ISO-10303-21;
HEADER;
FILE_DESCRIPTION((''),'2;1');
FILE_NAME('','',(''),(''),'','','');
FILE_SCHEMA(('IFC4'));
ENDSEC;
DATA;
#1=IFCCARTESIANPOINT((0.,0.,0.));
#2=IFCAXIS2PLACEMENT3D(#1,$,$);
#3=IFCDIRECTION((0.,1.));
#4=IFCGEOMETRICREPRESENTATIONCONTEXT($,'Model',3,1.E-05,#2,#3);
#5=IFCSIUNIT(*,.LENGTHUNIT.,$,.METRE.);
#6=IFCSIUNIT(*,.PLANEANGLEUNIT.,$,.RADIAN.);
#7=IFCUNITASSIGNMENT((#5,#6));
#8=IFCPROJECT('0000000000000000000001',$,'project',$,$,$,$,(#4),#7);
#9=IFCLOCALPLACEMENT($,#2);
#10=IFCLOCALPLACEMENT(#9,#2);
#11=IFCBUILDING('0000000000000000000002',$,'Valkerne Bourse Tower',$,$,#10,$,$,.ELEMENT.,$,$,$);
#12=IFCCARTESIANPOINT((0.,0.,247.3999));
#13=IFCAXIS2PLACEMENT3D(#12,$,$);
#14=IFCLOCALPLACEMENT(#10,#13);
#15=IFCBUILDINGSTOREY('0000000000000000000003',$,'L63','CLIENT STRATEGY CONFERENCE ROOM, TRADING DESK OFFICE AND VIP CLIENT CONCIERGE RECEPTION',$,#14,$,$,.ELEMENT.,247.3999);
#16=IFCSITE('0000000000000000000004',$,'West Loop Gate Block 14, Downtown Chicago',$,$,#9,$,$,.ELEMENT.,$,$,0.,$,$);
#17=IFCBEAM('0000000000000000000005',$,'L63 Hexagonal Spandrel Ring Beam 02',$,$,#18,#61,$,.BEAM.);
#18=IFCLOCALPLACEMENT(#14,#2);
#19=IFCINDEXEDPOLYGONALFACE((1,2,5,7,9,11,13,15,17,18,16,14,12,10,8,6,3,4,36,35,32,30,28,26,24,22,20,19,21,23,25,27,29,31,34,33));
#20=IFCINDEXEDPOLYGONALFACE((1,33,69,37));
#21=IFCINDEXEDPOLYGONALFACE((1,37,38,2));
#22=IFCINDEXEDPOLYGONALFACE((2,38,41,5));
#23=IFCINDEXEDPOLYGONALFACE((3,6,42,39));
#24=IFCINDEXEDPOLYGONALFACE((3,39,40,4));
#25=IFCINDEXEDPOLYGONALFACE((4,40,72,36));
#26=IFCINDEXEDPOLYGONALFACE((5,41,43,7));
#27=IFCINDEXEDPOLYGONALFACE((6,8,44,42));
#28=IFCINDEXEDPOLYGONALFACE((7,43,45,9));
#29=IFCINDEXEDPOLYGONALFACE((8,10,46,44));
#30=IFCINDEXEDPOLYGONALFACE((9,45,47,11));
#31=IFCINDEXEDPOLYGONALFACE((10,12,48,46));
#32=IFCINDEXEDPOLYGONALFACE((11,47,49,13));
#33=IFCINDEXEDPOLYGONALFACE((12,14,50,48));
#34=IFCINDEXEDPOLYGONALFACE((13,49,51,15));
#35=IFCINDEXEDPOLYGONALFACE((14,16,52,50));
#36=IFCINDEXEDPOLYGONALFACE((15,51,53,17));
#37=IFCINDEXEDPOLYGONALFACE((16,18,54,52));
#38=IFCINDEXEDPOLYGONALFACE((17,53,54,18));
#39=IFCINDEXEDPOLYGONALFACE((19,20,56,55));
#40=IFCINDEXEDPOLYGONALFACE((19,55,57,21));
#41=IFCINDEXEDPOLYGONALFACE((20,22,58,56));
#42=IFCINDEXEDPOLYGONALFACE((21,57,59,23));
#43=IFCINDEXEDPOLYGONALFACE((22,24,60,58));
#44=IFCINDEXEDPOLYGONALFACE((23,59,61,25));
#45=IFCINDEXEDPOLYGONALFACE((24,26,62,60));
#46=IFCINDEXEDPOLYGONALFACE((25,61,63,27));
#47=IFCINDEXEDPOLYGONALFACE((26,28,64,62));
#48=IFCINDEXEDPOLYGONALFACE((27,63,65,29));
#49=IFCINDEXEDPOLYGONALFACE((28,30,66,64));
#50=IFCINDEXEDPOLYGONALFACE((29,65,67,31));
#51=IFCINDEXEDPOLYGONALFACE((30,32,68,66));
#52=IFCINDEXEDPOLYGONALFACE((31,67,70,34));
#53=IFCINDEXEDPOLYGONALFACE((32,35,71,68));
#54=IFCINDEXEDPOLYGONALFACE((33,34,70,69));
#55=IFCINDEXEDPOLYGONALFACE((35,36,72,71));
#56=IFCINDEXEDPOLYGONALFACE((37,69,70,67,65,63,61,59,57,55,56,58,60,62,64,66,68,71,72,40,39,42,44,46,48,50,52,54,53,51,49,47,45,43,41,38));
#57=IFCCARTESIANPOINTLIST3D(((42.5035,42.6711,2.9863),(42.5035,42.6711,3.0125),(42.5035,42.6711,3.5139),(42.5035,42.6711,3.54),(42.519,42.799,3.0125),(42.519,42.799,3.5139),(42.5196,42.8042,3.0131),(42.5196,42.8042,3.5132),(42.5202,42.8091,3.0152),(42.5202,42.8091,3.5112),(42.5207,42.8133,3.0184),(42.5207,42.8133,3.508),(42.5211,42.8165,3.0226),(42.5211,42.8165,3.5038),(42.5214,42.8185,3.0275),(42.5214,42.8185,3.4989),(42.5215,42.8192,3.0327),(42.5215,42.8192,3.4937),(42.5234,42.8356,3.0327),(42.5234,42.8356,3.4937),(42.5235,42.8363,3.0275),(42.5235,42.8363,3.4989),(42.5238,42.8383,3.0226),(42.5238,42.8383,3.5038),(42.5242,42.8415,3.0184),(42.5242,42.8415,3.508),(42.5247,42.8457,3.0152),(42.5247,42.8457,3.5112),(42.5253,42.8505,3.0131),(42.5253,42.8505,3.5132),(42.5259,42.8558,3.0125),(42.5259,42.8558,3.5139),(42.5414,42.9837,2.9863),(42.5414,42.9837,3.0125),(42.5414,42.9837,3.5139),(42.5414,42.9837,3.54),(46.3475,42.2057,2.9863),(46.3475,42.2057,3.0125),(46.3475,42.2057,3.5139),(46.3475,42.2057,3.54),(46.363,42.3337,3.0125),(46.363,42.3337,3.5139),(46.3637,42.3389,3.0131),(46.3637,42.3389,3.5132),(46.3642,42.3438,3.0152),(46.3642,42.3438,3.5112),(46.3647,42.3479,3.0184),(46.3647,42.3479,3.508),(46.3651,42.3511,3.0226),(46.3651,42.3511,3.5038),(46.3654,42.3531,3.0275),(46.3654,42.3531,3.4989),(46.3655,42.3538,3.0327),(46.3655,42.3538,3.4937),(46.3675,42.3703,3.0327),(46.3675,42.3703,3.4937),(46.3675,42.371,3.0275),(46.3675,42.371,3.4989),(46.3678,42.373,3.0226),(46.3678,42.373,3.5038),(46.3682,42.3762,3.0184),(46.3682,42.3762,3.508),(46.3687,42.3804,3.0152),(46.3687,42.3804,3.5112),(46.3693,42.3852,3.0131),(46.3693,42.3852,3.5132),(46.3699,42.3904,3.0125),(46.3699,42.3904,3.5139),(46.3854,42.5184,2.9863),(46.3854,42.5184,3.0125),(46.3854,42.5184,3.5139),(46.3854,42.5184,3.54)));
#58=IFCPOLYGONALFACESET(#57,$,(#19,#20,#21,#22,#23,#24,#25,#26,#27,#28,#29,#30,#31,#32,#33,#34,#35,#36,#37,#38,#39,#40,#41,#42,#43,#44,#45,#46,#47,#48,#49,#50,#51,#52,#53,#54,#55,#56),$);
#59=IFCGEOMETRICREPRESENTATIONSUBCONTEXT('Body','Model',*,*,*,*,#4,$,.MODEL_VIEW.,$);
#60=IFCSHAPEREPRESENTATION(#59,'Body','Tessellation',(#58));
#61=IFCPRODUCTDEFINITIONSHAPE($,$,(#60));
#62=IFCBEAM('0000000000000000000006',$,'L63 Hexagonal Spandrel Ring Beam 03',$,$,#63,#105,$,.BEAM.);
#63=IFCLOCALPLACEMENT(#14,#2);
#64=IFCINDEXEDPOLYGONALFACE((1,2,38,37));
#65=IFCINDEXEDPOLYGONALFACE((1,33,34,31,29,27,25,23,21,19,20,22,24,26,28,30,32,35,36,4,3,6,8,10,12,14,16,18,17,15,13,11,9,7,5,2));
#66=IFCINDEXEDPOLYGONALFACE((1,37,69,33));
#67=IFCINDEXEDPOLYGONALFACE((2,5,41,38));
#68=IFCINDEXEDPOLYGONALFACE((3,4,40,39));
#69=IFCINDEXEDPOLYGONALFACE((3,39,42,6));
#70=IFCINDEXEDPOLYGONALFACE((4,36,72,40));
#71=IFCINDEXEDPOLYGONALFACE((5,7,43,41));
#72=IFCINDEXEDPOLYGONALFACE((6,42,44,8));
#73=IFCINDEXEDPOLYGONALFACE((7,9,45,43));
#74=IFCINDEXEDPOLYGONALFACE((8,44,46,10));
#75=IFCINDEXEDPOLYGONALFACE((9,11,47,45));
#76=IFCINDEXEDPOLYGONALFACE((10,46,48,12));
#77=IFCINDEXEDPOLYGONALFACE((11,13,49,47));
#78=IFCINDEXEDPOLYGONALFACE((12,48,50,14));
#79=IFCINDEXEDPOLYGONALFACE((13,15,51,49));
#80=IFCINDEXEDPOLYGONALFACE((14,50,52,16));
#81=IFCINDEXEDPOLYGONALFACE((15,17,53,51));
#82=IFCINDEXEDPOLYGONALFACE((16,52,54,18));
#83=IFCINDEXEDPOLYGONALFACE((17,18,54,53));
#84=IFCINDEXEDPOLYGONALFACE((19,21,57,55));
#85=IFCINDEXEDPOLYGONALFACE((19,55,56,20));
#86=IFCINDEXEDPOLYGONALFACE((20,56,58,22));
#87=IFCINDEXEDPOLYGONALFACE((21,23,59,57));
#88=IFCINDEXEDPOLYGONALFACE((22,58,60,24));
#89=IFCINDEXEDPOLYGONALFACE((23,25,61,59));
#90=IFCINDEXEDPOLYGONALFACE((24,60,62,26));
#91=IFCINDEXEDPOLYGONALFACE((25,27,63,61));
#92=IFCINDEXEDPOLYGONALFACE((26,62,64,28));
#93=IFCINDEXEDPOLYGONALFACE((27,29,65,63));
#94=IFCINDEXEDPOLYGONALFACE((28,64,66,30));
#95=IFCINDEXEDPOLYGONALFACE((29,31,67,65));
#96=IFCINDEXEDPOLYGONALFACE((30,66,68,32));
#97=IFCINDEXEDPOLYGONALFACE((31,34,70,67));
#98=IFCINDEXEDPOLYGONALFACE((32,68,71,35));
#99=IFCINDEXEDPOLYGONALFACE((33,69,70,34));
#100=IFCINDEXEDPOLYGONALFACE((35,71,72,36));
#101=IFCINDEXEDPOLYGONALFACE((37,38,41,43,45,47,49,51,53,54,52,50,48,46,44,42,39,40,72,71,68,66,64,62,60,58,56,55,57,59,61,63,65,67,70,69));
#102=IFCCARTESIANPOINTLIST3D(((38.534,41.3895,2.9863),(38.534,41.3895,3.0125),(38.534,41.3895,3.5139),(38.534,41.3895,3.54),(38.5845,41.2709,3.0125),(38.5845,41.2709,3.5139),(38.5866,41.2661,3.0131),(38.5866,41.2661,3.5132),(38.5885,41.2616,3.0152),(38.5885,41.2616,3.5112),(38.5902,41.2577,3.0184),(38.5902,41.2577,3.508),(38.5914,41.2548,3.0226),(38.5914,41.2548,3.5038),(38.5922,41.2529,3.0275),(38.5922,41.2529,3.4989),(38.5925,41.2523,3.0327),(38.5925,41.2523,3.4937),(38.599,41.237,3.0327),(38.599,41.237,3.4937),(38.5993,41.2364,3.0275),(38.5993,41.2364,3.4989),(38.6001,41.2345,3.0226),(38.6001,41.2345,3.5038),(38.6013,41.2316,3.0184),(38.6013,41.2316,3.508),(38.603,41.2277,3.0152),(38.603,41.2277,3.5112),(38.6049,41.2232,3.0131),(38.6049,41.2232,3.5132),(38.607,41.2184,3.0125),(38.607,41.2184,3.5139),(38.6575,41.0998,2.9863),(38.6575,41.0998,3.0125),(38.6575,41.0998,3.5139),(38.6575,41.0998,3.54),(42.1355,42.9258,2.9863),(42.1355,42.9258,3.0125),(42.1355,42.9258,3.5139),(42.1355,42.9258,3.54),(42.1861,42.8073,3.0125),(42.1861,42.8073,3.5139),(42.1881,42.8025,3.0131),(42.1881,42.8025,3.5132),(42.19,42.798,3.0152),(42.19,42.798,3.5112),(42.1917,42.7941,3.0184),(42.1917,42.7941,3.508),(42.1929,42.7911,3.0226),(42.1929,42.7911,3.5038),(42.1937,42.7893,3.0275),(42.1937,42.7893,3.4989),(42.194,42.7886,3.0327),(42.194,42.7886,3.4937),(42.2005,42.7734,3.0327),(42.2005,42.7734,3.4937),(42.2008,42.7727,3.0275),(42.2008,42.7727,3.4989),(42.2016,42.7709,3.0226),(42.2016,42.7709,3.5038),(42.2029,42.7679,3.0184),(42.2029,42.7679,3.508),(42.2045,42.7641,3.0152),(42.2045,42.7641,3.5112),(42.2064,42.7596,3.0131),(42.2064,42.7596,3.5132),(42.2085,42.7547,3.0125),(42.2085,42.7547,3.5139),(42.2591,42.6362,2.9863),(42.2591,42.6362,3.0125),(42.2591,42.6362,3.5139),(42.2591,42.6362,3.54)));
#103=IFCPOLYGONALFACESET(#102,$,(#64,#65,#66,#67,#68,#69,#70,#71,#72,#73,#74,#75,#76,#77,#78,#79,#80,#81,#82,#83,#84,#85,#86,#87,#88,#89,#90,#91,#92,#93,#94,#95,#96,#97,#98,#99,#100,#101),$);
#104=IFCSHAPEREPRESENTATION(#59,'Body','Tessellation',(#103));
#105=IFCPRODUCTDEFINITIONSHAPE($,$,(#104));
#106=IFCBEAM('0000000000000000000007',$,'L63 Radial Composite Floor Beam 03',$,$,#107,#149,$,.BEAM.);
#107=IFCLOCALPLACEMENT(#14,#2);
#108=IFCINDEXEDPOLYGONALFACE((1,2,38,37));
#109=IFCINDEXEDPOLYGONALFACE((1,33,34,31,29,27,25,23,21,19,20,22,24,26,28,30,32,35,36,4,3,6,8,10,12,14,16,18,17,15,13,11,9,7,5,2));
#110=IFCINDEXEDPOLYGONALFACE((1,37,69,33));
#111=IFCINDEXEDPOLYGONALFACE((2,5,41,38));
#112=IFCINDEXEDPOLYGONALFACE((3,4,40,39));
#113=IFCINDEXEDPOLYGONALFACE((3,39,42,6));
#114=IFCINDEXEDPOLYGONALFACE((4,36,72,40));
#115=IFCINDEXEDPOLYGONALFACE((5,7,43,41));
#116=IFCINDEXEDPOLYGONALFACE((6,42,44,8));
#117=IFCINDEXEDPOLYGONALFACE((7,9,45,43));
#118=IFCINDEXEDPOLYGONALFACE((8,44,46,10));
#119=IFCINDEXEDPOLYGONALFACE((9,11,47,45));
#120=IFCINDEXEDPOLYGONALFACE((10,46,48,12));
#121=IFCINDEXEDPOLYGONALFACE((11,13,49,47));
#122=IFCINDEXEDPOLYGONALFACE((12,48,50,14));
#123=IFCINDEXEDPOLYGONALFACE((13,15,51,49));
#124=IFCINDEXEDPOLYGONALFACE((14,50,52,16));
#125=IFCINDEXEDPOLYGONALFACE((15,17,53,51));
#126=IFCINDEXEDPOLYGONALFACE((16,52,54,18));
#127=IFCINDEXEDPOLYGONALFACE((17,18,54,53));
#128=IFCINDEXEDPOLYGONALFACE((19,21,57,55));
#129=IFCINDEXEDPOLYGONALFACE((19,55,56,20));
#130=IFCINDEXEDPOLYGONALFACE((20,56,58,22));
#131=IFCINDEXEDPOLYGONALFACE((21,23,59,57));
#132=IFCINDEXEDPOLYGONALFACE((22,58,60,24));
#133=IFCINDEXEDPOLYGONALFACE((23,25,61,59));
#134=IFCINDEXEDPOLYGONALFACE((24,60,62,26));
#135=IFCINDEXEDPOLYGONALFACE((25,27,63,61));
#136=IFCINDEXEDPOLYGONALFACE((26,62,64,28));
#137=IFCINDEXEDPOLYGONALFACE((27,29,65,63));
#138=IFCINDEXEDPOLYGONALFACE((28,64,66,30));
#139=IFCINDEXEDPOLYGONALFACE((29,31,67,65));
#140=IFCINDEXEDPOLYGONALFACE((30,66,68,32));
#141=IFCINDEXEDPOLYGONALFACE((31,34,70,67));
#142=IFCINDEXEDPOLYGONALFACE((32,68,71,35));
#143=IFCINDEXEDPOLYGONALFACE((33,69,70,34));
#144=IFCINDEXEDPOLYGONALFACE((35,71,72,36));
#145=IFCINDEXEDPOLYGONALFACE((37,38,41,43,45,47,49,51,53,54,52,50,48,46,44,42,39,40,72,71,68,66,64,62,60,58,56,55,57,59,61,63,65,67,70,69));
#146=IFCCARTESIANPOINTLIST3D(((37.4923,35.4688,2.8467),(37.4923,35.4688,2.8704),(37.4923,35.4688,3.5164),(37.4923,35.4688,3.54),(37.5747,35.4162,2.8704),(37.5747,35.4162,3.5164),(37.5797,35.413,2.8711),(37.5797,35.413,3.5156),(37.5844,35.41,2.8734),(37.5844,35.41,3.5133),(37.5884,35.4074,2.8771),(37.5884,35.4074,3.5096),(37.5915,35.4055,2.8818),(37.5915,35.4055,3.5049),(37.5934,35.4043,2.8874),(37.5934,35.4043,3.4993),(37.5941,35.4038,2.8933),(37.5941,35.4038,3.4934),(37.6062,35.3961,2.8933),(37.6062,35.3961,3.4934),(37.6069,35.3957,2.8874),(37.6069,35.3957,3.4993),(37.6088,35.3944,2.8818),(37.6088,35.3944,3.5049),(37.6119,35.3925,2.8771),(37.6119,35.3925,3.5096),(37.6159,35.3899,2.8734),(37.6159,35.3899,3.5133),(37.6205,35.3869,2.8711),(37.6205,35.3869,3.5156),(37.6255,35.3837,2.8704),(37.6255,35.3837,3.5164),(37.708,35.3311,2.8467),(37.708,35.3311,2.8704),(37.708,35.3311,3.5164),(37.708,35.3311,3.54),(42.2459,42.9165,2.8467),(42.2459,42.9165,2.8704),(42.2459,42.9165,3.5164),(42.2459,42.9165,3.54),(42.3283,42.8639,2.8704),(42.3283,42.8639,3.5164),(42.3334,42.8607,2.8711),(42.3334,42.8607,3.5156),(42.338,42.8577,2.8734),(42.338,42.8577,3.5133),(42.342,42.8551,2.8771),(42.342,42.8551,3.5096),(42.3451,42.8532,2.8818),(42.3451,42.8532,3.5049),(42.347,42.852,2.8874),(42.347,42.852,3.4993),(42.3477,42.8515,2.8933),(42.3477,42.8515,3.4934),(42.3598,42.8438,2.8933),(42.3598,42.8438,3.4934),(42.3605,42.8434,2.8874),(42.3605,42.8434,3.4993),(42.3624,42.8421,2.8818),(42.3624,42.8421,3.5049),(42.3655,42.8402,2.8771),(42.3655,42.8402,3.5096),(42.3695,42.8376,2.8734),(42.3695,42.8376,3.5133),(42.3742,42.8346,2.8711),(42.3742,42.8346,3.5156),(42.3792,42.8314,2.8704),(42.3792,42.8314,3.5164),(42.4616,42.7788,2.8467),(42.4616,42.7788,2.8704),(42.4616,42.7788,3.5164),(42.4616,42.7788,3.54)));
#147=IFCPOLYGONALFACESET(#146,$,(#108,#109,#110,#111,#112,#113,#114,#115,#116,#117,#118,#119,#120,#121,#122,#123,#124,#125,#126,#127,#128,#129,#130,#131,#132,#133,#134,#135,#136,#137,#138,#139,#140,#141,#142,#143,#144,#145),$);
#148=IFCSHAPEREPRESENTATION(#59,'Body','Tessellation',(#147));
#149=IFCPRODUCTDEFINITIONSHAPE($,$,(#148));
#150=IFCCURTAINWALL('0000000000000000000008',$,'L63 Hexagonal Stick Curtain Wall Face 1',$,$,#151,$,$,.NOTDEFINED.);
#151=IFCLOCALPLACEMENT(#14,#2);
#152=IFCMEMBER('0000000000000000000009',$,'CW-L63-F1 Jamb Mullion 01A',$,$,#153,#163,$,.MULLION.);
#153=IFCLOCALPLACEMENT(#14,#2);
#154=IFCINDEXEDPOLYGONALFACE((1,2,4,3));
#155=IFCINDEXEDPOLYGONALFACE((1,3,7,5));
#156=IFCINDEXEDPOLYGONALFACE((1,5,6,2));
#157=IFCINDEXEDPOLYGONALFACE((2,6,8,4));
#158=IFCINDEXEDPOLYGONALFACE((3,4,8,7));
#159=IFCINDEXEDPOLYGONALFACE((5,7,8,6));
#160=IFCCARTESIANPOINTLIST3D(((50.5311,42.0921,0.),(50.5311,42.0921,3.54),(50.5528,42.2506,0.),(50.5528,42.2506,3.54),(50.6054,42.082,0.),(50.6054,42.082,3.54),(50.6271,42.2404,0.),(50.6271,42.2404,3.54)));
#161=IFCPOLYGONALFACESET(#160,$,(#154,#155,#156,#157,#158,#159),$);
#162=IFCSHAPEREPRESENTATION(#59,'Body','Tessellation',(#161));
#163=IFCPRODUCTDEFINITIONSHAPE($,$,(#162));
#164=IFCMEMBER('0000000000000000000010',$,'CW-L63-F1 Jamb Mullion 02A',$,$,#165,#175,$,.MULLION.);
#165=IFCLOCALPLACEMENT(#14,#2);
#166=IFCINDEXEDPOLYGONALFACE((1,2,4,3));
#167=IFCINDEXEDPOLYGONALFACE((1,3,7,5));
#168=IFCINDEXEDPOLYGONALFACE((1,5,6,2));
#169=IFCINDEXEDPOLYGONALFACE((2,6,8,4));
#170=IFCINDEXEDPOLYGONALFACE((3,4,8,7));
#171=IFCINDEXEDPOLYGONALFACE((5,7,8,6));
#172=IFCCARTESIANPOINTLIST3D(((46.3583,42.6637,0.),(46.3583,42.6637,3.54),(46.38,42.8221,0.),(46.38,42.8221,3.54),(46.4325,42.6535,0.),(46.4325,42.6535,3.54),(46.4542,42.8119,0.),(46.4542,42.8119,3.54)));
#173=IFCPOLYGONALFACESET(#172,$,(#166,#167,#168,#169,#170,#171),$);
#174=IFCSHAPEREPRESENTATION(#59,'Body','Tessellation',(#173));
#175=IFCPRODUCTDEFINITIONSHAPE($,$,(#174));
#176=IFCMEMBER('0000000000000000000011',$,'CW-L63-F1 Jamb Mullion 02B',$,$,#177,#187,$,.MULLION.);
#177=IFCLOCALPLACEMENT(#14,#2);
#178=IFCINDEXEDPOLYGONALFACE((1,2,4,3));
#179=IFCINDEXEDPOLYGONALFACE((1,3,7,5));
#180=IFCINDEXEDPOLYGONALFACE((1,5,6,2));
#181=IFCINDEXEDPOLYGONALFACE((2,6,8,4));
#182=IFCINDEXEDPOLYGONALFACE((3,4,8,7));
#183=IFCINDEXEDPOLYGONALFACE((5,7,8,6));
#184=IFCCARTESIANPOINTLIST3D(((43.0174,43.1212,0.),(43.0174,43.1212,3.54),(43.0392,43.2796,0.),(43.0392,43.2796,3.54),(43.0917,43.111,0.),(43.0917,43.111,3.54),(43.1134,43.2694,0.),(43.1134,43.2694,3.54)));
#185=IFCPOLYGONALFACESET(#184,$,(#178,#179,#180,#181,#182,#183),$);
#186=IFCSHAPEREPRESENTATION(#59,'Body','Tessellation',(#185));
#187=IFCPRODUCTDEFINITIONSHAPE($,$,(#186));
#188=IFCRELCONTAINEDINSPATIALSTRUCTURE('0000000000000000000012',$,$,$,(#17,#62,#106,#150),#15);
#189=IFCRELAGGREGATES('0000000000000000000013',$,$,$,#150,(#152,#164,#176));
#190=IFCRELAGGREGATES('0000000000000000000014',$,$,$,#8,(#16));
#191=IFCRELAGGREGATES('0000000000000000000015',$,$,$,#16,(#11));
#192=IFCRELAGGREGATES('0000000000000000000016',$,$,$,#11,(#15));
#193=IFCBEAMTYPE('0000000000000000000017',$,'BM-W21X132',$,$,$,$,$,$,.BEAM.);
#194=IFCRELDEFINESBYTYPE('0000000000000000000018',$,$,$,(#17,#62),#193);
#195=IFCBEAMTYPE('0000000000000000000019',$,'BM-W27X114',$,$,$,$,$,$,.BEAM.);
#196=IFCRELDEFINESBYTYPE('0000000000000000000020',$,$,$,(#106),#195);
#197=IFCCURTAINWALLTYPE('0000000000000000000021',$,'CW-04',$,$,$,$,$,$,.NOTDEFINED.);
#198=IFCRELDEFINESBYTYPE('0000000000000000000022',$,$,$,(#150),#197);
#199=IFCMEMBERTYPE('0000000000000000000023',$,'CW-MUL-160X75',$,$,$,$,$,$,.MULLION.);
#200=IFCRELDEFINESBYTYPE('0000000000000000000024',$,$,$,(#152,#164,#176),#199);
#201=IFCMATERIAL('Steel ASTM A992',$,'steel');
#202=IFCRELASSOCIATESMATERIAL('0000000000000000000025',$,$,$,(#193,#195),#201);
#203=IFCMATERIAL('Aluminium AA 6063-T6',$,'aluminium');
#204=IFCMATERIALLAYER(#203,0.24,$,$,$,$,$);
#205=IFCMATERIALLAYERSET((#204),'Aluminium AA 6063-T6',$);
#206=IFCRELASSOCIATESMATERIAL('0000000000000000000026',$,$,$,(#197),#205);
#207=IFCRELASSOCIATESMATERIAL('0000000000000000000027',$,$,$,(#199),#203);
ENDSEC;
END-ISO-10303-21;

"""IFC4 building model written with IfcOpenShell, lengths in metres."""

from ifc_helpers import new_model, si_unit, direction, frame, origin, origin_2d, place, context, subcontext, project, spatial, rectangle, i_section, extrude, material, layer, layer_set, material_profile, profile_set, type_object, element, aggregate, save


model = new_model("IFC4")

# Units and contexts
model_context = context("Model", 3, precision=1e-05, world=origin(), true_north=direction((0.0, 1.0)))
body_context = subcontext(model_context, "Body", "Model", "MODEL_VIEW")
ifc_project = project(units=[si_unit("LENGTHUNIT", "METRE"), si_unit("PLANEANGLEUNIT", "RADIAN")], contexts=[model_context])

# Site, building, storey
site_placement = place(None, origin())
site = spatial("IfcSite", under=ifc_project, at=site_placement, Name="West Loop Gate Block 14, Downtown Chicago", CompositionType="ELEMENT", RefElevation=0.0)
building_placement = place(site_placement, origin())
building = spatial("IfcBuilding", under=site, at=building_placement, Name="Valkerne Bourse Tower", CompositionType="ELEMENT")
storey_placement = place(building_placement, frame((0.0, 0.0, 247.3999)))
storey = spatial("IfcBuildingStorey", under=building, at=storey_placement, Name="L63", Description="CLIENT STRATEGY CONFERENCE ROOM, TRADING DESK OFFICE AND VIP CLIENT CONCIERGE RECEPTION", CompositionType="ELEMENT", Elevation=247.3999)

# Beams
ifc_material_1 = material(Name="Steel ASTM A992", Category="steel")
ifc_material_profile_1 = material_profile(ifc_material_1, i_section(OverallWidth=0.3149, OverallDepth=0.5537, WebThickness=0.0166, FlangeThickness=0.0261, FilletRadius=0.0203, at=origin_2d()), Name="W21X132")
ifc_profile_set_1 = profile_set([ifc_material_profile_1], Name="Steel ASTM A992")
beam_type_1 = type_object("IfcBeamType", Name="BM-W21X132", PredefinedType="BEAM", material=ifc_profile_set_1)
beam_1_placement = place(storey_placement, frame((46.3665, 42.3621, 3.2632), z_axis=(-0.992752, 0.120177, 0.0), x_axis=(-0.120177, -0.992752, 0.0)))
element("IfcBeam", 1, at=beam_1_placement, inside=storey, type_object=beam_type_1, Name="L63 Hexagonal Spandrel Ring Beam 02", PredefinedType="BEAM", context=body_context, shape_type="SweptSolid", body=[
    extrude(i_section(OverallWidth=0.3149, OverallDepth=0.5537, WebThickness=0.0166, FlangeThickness=0.0261, FilletRadius=0.0203, at=origin_2d()), origin(), (0.0, 0.0, 1.0), 3.8721),
])
beam_2_placement = place(storey_placement, frame((42.1973, 42.781, 3.2632), z_axis=(-0.919805, -0.392376, 0.0), x_axis=(0.392376, -0.919805, 0.0)))
element("IfcBeam", 2, at=beam_2_placement, inside=storey, type_object=beam_type_1, Name="L63 Hexagonal Spandrel Ring Beam 03", PredefinedType="BEAM", context=body_context, shape_type="SweptSolid", body=[
    extrude(i_section(OverallWidth=0.3149, OverallDepth=0.5537, WebThickness=0.0166, FlangeThickness=0.0261, FilletRadius=0.0203, at=origin_2d()), origin(), (0.0, 0.0, 1.0), 3.9155),
])
ifc_material_profile_2 = material_profile(ifc_material_1, i_section(OverallWidth=0.2559, OverallDepth=0.6934, WebThickness=0.0144, FlangeThickness=0.0237, FilletRadius=0.0229, at=origin_2d()), Name="W27X114")
ifc_profile_set_2 = profile_set([ifc_material_profile_2], Name="Steel ASTM A992")
beam_type_2 = type_object("IfcBeamType", Name="BM-W27X114", PredefinedType="BEAM", material=ifc_profile_set_2)
beam_3_placement = place(storey_placement, frame((42.3538, 42.8477, 3.1934), z_axis=(-0.538017, -0.842934, 0.0), x_axis=(0.842934, -0.538017, 0.0)))
element("IfcBeam", 3, at=beam_3_placement, inside=storey, type_object=beam_type_2, Name="L63 Radial Composite Floor Beam 03", PredefinedType="BEAM", context=body_context, shape_type="SweptSolid", body=[
    extrude(i_section(OverallWidth=0.2559, OverallDepth=0.6934, WebThickness=0.0144, FlangeThickness=0.0237, FilletRadius=0.0229, at=origin_2d()), origin(), (0.0, 0.0, 1.0), 8.8354),
])

# Curtain wall, members
ifc_material_2 = material(Name="Aluminium AA 6063-T6", Category="aluminium")
ifc_layer_1 = layer(ifc_material_2, 0.24)
ifc_layer_set_1 = layer_set([ifc_layer_1], Name="Aluminium AA 6063-T6")
curtain_wall_type = type_object("IfcCurtainWallType", Name="CW-04", PredefinedType="NOTDEFINED", material=ifc_layer_set_1)
curtain_wall_placement = place(storey_placement, origin())
curtain_wall = element("IfcCurtainWall", 4, at=curtain_wall_placement, inside=storey, type_object=curtain_wall_type, Name="L63 Hexagonal Stick Curtain Wall Face 1", PredefinedType="NOTDEFINED")
ifc_material_profile_3 = material_profile(ifc_material_2, rectangle(XDim=0.075, YDim=0.1599, at=origin_2d()), Name="CWM-75X160")
ifc_profile_set_3 = profile_set([ifc_material_profile_3], Name="Aluminium AA 6063-T6")
member_type_1 = type_object("IfcMemberType", Name="CW-MUL-160X75", PredefinedType="MULLION", material=ifc_profile_set_3)
member_1_placement = place(storey_placement, frame((50.5791, 42.1663, 0.0), z_axis=(0.0, 0.0, 1.0), x_axis=(-0.990749, 0.135709, 0.0)))
member_1 = element("IfcMember", 5, at=member_1_placement, type_object=member_type_1, Name="CW-L63-F1 Jamb Mullion 01A", PredefinedType="MULLION", context=body_context, shape_type="SweptSolid", body=[
    extrude(rectangle(XDim=0.075, YDim=0.1599, at=origin_2d()), origin(), (0.0, 0.0, 1.0), 3.54),
])
member_2_placement = place(storey_placement, frame((46.4062, 42.7378, 0.0), z_axis=(0.0, 0.0, 1.0), x_axis=(-0.990746, 0.135732, 0.0)))
member_2 = element("IfcMember", 6, at=member_2_placement, type_object=member_type_1, Name="CW-L63-F1 Jamb Mullion 02A", PredefinedType="MULLION", context=body_context, shape_type="SweptSolid", body=[
    extrude(rectangle(XDim=0.075, YDim=0.1599, at=origin_2d()), origin(), (0.0, 0.0, 1.0), 3.54),
])
member_3_placement = place(storey_placement, frame((43.0654, 43.1953, 0.0), z_axis=(0.0, 0.0, 1.0), x_axis=(-0.990746, 0.135732, 0.0)))
member_3 = element("IfcMember", 7, at=member_3_placement, type_object=member_type_1, Name="CW-L63-F1 Jamb Mullion 02B", PredefinedType="MULLION", context=body_context, shape_type="SweptSolid", body=[
    extrude(rectangle(XDim=0.075, YDim=0.1599, at=origin_2d()), origin(), (0.0, 0.0, 1.0), 3.54),
])

aggregate(curtain_wall, [member_1, member_2, member_3])

save(model, "model.ifc")
